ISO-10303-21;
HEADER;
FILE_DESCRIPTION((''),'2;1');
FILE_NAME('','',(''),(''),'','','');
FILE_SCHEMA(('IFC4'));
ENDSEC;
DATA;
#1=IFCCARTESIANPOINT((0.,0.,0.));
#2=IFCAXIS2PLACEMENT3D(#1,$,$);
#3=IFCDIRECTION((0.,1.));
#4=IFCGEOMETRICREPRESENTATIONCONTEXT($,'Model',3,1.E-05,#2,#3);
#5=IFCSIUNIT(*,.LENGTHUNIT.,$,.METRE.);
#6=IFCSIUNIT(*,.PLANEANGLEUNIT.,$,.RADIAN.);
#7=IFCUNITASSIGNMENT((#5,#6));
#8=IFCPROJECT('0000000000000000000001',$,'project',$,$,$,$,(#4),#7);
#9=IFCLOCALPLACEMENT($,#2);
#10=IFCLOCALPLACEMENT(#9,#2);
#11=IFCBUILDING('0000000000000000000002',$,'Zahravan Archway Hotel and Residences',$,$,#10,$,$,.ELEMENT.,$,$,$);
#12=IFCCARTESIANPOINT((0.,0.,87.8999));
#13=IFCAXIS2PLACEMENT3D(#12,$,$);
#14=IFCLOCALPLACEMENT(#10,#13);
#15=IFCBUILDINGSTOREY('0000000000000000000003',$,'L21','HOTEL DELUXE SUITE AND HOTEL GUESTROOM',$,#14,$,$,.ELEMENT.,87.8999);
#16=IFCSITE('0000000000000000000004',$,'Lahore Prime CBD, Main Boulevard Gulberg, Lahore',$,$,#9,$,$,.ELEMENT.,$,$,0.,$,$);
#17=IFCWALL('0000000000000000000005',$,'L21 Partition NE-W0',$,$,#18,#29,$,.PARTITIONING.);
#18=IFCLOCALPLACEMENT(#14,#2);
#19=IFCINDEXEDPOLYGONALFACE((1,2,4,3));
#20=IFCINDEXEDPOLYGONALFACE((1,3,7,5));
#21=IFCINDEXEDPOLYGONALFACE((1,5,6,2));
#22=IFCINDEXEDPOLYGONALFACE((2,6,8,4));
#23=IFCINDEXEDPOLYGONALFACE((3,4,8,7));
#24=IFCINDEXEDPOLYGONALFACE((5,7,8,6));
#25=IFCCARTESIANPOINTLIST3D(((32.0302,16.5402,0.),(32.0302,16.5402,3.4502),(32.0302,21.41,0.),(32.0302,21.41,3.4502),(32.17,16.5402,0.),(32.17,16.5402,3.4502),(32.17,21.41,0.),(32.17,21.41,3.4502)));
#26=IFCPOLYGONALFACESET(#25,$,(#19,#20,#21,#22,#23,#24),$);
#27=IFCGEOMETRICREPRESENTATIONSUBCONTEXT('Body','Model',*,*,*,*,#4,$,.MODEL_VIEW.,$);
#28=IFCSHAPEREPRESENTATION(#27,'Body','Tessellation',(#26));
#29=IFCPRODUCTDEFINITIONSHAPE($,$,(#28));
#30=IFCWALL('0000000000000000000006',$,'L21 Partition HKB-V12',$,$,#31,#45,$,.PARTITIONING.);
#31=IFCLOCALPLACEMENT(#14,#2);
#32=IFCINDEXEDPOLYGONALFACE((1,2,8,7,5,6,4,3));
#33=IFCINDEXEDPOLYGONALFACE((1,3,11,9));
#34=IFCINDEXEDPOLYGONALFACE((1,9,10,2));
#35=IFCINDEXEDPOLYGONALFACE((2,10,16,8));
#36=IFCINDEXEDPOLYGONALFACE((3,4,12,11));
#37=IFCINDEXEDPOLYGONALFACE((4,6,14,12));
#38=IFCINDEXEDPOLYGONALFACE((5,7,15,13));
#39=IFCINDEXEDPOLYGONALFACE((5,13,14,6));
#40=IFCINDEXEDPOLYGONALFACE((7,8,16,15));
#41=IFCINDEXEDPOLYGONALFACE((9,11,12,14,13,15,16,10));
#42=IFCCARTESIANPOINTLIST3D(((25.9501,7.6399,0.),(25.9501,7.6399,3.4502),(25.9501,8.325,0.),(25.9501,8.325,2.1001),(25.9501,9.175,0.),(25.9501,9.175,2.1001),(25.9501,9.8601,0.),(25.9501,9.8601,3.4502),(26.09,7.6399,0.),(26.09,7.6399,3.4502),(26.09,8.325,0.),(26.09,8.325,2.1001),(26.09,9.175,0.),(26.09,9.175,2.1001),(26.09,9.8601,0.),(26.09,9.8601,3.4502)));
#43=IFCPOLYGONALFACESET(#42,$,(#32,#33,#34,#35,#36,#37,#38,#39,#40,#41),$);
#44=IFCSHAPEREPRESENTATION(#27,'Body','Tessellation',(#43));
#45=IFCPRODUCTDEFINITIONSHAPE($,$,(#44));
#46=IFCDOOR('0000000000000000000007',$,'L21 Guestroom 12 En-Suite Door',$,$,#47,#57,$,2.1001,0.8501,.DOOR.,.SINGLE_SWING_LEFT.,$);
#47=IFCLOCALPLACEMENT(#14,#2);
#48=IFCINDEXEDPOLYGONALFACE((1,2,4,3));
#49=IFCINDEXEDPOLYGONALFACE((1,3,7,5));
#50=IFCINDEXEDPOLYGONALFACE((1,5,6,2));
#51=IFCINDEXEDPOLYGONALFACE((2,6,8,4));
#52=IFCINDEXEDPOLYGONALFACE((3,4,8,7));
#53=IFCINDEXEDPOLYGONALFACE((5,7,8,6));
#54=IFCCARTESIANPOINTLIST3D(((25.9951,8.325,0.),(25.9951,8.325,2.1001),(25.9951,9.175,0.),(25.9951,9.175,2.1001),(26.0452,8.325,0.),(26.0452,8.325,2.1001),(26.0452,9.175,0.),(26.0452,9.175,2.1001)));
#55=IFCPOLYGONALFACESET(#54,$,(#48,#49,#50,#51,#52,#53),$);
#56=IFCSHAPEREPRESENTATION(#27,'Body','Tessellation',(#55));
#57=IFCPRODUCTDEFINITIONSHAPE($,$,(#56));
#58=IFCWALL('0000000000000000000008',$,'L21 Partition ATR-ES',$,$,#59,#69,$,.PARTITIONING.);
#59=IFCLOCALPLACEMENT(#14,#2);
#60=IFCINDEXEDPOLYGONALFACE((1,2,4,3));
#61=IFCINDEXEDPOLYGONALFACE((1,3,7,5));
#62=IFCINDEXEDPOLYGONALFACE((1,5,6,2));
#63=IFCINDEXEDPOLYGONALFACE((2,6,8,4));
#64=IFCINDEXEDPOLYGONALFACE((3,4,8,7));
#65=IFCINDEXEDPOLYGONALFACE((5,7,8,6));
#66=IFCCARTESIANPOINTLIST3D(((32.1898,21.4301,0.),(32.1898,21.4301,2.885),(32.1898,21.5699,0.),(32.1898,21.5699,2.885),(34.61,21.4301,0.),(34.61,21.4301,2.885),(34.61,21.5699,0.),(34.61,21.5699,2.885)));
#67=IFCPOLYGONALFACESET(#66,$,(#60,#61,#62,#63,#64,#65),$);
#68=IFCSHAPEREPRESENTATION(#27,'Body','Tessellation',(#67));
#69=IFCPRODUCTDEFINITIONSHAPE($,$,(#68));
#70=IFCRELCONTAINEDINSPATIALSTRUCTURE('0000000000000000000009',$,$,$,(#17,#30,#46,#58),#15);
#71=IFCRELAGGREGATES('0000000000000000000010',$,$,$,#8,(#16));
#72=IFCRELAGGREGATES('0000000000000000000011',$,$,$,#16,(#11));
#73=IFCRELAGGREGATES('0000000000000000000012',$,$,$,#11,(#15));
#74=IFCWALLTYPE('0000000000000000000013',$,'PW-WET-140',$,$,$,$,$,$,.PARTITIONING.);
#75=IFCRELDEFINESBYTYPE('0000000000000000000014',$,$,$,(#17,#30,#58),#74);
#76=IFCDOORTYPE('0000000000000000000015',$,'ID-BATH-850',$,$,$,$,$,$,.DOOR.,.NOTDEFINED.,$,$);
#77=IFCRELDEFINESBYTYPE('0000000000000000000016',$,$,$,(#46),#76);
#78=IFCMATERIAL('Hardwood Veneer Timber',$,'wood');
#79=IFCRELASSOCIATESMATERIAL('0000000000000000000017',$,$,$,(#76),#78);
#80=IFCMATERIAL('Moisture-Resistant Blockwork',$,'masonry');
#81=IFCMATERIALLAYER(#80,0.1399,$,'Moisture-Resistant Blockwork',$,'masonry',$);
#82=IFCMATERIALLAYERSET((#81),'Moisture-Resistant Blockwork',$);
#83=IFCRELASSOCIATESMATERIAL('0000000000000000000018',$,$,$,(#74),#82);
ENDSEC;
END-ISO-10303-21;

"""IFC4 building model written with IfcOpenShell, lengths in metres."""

from ifc_helpers import new_model, si_unit, direction, frame, frame_2d, origin, place, context, subcontext, project, spatial, rectangle, extrude, source, transform, mapped, material, layer, layer_set, type_object, type_shapes, element, fill, save


model = new_model("IFC4")

# Units and contexts
model_context = context("Model", 3, precision=1e-05, world=origin(), true_north=direction((0.0, 1.0)))
body_context = subcontext(model_context, "Body", "Model", "MODEL_VIEW")
ifc_project = project(units=[si_unit("LENGTHUNIT", "METRE"), si_unit("PLANEANGLEUNIT", "RADIAN")], contexts=[model_context])

# Site, building, storey
site_placement = place(None, origin())
site = spatial("IfcSite", under=ifc_project, at=site_placement, Name="Lahore Prime CBD, Main Boulevard Gulberg, Lahore", CompositionType="ELEMENT", RefElevation=0.0)
building_placement = place(site_placement, origin())
building = spatial("IfcBuilding", under=site, at=building_placement, Name="Zahravan Archway Hotel and Residences", CompositionType="ELEMENT")
storey_placement = place(building_placement, frame((0.0, 0.0, 87.8999)))
storey = spatial("IfcBuildingStorey", under=building, at=storey_placement, Name="L21", Description="HOTEL DELUXE SUITE AND HOTEL GUESTROOM", CompositionType="ELEMENT", Elevation=87.8999)

# Shared definitions
ifc_material_1 = material(Name="Hardwood Veneer Timber", Category="wood")
door_type_1 = type_object("IfcDoorType", Name="ID-BATH-850", OperationType="NOTDEFINED", PredefinedType="DOOR", material=ifc_material_1)
shared_shape_1 = source(origin(), body_context, "Body", "SweptSolid", [
    extrude(rectangle(XDim=0.8501, YDim=2.1001, at=frame_2d((0.425, 1.05))), frame((0.0, 0.0249, 0.0), z_axis=(0.0, -1.0, 0.0), x_axis=(1.0, 0.0, 0.0)), (0.0, 0.0, 1.0), 0.05),
])
type_shapes(door_type_1, [shared_shape_1])

# Wall
ifc_material_2 = material(Name="Moisture-Resistant Blockwork", Category="masonry")
ifc_layer_1 = layer(ifc_material_2, 0.1399, Name="Moisture-Resistant Blockwork", Category="masonry")
ifc_layer_set_1 = layer_set([ifc_layer_1], Name="Moisture-Resistant Blockwork")
wall_type_1 = type_object("IfcWallType", Name="PW-WET-140", PredefinedType="PARTITIONING", material=ifc_layer_set_1)
wall_1_placement = place(storey_placement, frame((32.1001, 16.54, 0.0), z_axis=(0.0, 0.0, 1.0), x_axis=(0.0, 1.0, 0.0)))
element("IfcWall", 1, at=wall_1_placement, inside=storey, type_object=wall_type_1, Name="L21 Partition NE-W0", PredefinedType="PARTITIONING", context=body_context, shape_type="SweptSolid", body=[
    extrude(rectangle(XDim=4.8699, YDim=0.1399, at=frame_2d((2.4351, 0.0))), origin(), (0.0, 0.0, 1.0), 3.4502),
])

# Wall, opening, door
wall_2_placement = place(storey_placement, frame((26.02, 7.6399, 0.0), z_axis=(0.0, 0.0, 1.0), x_axis=(0.0, 1.0, 0.0)))
wall_2 = element("IfcWall", 2, at=wall_2_placement, inside=storey, type_object=wall_type_1, Name="L21 Partition HKB-V12", PredefinedType="PARTITIONING", context=body_context, shape_type="SweptSolid", body=[
    extrude(rectangle(XDim=2.2202, YDim=0.1399, at=frame_2d((1.1101, 0.0))), origin(), (0.0, 0.0, 1.0), 3.4502),
])
opening_1_placement = place(wall_2_placement, frame((0.6851, 0.0, 0.0)))
opening_1 = element("IfcOpeningElement", 3, at=opening_1_placement, cuts=wall_2, PredefinedType="OPENING", context=body_context, shape_type="SweptSolid", body=[
    extrude(rectangle(XDim=0.8501, YDim=2.1001, at=frame_2d((0.425, 1.05))), frame((0.0, 0.0801, 0.0), z_axis=(0.0, -1.0, 0.0), x_axis=(1.0, 0.0, 0.0)), (0.0, 0.0, 1.0), 0.1599),
])
door_1_placement = place(opening_1_placement, origin())
door_1 = element("IfcDoor", 4, at=door_1_placement, inside=storey, type_object=door_type_1, Name="L21 Guestroom 12 En-Suite Door", OperationType="SINGLE_SWING_LEFT", OverallHeight=2.1001, OverallWidth=0.8501, PredefinedType="DOOR", context=body_context, shape_type="MappedRepresentation", body=[
    mapped(shared_shape_1, transform((0.0, 0.0, 0.0), scale=1.0)),
])
fill(opening_1, door_1)

# Wall
wall_3_placement = place(storey_placement, frame((32.1899, 21.5, 0.0), z_axis=(0.0, 0.0, 1.0), x_axis=(1.0, 0.0, 0.0)))
element("IfcWall", 5, at=wall_3_placement, inside=storey, type_object=wall_type_1, Name="L21 Partition ATR-ES", PredefinedType="PARTITIONING", context=body_context, shape_type="SweptSolid", body=[
    extrude(rectangle(XDim=2.4202, YDim=0.1399, at=frame_2d((1.21, 0.0))), origin(), (0.0, 0.0, 1.0), 2.885),
])

save(model, "model.ifc")
